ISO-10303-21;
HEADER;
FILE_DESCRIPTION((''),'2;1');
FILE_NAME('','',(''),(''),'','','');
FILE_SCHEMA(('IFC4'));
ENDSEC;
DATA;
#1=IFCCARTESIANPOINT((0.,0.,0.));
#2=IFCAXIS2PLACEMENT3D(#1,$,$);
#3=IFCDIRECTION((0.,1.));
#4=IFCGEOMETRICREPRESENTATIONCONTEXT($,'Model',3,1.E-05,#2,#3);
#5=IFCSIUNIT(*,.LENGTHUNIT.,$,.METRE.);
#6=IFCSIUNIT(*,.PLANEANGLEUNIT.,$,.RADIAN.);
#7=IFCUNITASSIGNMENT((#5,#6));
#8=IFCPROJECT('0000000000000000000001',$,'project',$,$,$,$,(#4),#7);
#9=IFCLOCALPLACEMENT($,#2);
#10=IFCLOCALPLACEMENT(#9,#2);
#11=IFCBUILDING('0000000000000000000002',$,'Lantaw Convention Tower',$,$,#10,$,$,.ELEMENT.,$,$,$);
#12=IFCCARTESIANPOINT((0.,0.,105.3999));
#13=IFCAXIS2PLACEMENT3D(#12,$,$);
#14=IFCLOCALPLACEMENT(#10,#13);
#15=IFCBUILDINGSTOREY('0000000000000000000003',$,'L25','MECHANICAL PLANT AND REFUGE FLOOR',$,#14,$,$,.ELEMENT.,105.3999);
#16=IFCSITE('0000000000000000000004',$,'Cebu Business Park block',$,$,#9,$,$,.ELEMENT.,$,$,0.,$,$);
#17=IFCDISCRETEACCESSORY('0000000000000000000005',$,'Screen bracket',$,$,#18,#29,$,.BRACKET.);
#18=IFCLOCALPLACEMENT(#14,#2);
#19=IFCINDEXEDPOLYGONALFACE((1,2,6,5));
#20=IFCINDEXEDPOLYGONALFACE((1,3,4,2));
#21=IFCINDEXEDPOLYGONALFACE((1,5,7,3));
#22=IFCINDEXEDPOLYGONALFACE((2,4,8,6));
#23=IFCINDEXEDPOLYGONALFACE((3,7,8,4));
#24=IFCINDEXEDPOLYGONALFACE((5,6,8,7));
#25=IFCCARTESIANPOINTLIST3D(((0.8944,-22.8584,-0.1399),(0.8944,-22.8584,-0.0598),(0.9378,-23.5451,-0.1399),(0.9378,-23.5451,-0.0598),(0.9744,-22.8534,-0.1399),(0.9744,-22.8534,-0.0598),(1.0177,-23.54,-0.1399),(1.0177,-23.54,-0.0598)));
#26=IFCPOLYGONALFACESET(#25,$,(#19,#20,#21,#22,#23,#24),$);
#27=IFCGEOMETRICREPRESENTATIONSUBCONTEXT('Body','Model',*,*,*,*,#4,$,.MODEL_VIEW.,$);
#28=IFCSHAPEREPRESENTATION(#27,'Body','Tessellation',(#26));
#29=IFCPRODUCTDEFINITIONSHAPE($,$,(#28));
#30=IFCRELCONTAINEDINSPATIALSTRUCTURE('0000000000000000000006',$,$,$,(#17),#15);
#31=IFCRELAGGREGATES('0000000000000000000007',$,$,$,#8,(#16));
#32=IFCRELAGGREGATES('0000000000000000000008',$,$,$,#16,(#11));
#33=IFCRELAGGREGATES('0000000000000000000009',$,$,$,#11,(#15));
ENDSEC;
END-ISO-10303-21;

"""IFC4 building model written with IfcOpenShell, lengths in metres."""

from ifc_helpers import new_model, si_unit, direction, frame, origin, origin_2d, place, context, subcontext, project, spatial, rectangle, extrude, element, save


model = new_model("IFC4")

# Units and contexts
model_context = context("Model", 3, precision=1e-05, world=origin(), true_north=direction((0.0, 1.0)))
body_context = subcontext(model_context, "Body", "Model", "MODEL_VIEW")
ifc_project = project(units=[si_unit("LENGTHUNIT", "METRE"), si_unit("PLANEANGLEUNIT", "RADIAN")], contexts=[model_context])

# Site, building, storey
site_placement = place(None, origin())
site = spatial("IfcSite", under=ifc_project, at=site_placement, Name="Cebu Business Park block", CompositionType="ELEMENT", RefElevation=0.0)
building_placement = place(site_placement, origin())
building = spatial("IfcBuilding", under=site, at=building_placement, Name="Lantaw Convention Tower", CompositionType="ELEMENT")
storey_placement = place(building_placement, frame((0.0, 0.0, 105.3999)))
storey = spatial("IfcBuildingStorey", under=building, at=storey_placement, Name="L25", Description="MECHANICAL PLANT AND REFUGE FLOOR", CompositionType="ELEMENT", Elevation=105.3999)

# Discrete accessory
discrete_accessory_placement = place(storey_placement, frame((0.9561, -23.1992, -0.1399), z_axis=(0.0, 0.0, 1.0), x_axis=(0.998016, 0.062958, 0.0)))
element("IfcDiscreteAccessory", 1, at=discrete_accessory_placement, inside=storey, Name="Screen bracket", PredefinedType="BRACKET", context=body_context, shape_type="SweptSolid", body=[
    extrude(rectangle(XDim=0.0801, YDim=0.688, at=origin_2d()), origin(), (0.0, 0.0, 1.0), 0.0801),
])

save(model, "model.ifc")
